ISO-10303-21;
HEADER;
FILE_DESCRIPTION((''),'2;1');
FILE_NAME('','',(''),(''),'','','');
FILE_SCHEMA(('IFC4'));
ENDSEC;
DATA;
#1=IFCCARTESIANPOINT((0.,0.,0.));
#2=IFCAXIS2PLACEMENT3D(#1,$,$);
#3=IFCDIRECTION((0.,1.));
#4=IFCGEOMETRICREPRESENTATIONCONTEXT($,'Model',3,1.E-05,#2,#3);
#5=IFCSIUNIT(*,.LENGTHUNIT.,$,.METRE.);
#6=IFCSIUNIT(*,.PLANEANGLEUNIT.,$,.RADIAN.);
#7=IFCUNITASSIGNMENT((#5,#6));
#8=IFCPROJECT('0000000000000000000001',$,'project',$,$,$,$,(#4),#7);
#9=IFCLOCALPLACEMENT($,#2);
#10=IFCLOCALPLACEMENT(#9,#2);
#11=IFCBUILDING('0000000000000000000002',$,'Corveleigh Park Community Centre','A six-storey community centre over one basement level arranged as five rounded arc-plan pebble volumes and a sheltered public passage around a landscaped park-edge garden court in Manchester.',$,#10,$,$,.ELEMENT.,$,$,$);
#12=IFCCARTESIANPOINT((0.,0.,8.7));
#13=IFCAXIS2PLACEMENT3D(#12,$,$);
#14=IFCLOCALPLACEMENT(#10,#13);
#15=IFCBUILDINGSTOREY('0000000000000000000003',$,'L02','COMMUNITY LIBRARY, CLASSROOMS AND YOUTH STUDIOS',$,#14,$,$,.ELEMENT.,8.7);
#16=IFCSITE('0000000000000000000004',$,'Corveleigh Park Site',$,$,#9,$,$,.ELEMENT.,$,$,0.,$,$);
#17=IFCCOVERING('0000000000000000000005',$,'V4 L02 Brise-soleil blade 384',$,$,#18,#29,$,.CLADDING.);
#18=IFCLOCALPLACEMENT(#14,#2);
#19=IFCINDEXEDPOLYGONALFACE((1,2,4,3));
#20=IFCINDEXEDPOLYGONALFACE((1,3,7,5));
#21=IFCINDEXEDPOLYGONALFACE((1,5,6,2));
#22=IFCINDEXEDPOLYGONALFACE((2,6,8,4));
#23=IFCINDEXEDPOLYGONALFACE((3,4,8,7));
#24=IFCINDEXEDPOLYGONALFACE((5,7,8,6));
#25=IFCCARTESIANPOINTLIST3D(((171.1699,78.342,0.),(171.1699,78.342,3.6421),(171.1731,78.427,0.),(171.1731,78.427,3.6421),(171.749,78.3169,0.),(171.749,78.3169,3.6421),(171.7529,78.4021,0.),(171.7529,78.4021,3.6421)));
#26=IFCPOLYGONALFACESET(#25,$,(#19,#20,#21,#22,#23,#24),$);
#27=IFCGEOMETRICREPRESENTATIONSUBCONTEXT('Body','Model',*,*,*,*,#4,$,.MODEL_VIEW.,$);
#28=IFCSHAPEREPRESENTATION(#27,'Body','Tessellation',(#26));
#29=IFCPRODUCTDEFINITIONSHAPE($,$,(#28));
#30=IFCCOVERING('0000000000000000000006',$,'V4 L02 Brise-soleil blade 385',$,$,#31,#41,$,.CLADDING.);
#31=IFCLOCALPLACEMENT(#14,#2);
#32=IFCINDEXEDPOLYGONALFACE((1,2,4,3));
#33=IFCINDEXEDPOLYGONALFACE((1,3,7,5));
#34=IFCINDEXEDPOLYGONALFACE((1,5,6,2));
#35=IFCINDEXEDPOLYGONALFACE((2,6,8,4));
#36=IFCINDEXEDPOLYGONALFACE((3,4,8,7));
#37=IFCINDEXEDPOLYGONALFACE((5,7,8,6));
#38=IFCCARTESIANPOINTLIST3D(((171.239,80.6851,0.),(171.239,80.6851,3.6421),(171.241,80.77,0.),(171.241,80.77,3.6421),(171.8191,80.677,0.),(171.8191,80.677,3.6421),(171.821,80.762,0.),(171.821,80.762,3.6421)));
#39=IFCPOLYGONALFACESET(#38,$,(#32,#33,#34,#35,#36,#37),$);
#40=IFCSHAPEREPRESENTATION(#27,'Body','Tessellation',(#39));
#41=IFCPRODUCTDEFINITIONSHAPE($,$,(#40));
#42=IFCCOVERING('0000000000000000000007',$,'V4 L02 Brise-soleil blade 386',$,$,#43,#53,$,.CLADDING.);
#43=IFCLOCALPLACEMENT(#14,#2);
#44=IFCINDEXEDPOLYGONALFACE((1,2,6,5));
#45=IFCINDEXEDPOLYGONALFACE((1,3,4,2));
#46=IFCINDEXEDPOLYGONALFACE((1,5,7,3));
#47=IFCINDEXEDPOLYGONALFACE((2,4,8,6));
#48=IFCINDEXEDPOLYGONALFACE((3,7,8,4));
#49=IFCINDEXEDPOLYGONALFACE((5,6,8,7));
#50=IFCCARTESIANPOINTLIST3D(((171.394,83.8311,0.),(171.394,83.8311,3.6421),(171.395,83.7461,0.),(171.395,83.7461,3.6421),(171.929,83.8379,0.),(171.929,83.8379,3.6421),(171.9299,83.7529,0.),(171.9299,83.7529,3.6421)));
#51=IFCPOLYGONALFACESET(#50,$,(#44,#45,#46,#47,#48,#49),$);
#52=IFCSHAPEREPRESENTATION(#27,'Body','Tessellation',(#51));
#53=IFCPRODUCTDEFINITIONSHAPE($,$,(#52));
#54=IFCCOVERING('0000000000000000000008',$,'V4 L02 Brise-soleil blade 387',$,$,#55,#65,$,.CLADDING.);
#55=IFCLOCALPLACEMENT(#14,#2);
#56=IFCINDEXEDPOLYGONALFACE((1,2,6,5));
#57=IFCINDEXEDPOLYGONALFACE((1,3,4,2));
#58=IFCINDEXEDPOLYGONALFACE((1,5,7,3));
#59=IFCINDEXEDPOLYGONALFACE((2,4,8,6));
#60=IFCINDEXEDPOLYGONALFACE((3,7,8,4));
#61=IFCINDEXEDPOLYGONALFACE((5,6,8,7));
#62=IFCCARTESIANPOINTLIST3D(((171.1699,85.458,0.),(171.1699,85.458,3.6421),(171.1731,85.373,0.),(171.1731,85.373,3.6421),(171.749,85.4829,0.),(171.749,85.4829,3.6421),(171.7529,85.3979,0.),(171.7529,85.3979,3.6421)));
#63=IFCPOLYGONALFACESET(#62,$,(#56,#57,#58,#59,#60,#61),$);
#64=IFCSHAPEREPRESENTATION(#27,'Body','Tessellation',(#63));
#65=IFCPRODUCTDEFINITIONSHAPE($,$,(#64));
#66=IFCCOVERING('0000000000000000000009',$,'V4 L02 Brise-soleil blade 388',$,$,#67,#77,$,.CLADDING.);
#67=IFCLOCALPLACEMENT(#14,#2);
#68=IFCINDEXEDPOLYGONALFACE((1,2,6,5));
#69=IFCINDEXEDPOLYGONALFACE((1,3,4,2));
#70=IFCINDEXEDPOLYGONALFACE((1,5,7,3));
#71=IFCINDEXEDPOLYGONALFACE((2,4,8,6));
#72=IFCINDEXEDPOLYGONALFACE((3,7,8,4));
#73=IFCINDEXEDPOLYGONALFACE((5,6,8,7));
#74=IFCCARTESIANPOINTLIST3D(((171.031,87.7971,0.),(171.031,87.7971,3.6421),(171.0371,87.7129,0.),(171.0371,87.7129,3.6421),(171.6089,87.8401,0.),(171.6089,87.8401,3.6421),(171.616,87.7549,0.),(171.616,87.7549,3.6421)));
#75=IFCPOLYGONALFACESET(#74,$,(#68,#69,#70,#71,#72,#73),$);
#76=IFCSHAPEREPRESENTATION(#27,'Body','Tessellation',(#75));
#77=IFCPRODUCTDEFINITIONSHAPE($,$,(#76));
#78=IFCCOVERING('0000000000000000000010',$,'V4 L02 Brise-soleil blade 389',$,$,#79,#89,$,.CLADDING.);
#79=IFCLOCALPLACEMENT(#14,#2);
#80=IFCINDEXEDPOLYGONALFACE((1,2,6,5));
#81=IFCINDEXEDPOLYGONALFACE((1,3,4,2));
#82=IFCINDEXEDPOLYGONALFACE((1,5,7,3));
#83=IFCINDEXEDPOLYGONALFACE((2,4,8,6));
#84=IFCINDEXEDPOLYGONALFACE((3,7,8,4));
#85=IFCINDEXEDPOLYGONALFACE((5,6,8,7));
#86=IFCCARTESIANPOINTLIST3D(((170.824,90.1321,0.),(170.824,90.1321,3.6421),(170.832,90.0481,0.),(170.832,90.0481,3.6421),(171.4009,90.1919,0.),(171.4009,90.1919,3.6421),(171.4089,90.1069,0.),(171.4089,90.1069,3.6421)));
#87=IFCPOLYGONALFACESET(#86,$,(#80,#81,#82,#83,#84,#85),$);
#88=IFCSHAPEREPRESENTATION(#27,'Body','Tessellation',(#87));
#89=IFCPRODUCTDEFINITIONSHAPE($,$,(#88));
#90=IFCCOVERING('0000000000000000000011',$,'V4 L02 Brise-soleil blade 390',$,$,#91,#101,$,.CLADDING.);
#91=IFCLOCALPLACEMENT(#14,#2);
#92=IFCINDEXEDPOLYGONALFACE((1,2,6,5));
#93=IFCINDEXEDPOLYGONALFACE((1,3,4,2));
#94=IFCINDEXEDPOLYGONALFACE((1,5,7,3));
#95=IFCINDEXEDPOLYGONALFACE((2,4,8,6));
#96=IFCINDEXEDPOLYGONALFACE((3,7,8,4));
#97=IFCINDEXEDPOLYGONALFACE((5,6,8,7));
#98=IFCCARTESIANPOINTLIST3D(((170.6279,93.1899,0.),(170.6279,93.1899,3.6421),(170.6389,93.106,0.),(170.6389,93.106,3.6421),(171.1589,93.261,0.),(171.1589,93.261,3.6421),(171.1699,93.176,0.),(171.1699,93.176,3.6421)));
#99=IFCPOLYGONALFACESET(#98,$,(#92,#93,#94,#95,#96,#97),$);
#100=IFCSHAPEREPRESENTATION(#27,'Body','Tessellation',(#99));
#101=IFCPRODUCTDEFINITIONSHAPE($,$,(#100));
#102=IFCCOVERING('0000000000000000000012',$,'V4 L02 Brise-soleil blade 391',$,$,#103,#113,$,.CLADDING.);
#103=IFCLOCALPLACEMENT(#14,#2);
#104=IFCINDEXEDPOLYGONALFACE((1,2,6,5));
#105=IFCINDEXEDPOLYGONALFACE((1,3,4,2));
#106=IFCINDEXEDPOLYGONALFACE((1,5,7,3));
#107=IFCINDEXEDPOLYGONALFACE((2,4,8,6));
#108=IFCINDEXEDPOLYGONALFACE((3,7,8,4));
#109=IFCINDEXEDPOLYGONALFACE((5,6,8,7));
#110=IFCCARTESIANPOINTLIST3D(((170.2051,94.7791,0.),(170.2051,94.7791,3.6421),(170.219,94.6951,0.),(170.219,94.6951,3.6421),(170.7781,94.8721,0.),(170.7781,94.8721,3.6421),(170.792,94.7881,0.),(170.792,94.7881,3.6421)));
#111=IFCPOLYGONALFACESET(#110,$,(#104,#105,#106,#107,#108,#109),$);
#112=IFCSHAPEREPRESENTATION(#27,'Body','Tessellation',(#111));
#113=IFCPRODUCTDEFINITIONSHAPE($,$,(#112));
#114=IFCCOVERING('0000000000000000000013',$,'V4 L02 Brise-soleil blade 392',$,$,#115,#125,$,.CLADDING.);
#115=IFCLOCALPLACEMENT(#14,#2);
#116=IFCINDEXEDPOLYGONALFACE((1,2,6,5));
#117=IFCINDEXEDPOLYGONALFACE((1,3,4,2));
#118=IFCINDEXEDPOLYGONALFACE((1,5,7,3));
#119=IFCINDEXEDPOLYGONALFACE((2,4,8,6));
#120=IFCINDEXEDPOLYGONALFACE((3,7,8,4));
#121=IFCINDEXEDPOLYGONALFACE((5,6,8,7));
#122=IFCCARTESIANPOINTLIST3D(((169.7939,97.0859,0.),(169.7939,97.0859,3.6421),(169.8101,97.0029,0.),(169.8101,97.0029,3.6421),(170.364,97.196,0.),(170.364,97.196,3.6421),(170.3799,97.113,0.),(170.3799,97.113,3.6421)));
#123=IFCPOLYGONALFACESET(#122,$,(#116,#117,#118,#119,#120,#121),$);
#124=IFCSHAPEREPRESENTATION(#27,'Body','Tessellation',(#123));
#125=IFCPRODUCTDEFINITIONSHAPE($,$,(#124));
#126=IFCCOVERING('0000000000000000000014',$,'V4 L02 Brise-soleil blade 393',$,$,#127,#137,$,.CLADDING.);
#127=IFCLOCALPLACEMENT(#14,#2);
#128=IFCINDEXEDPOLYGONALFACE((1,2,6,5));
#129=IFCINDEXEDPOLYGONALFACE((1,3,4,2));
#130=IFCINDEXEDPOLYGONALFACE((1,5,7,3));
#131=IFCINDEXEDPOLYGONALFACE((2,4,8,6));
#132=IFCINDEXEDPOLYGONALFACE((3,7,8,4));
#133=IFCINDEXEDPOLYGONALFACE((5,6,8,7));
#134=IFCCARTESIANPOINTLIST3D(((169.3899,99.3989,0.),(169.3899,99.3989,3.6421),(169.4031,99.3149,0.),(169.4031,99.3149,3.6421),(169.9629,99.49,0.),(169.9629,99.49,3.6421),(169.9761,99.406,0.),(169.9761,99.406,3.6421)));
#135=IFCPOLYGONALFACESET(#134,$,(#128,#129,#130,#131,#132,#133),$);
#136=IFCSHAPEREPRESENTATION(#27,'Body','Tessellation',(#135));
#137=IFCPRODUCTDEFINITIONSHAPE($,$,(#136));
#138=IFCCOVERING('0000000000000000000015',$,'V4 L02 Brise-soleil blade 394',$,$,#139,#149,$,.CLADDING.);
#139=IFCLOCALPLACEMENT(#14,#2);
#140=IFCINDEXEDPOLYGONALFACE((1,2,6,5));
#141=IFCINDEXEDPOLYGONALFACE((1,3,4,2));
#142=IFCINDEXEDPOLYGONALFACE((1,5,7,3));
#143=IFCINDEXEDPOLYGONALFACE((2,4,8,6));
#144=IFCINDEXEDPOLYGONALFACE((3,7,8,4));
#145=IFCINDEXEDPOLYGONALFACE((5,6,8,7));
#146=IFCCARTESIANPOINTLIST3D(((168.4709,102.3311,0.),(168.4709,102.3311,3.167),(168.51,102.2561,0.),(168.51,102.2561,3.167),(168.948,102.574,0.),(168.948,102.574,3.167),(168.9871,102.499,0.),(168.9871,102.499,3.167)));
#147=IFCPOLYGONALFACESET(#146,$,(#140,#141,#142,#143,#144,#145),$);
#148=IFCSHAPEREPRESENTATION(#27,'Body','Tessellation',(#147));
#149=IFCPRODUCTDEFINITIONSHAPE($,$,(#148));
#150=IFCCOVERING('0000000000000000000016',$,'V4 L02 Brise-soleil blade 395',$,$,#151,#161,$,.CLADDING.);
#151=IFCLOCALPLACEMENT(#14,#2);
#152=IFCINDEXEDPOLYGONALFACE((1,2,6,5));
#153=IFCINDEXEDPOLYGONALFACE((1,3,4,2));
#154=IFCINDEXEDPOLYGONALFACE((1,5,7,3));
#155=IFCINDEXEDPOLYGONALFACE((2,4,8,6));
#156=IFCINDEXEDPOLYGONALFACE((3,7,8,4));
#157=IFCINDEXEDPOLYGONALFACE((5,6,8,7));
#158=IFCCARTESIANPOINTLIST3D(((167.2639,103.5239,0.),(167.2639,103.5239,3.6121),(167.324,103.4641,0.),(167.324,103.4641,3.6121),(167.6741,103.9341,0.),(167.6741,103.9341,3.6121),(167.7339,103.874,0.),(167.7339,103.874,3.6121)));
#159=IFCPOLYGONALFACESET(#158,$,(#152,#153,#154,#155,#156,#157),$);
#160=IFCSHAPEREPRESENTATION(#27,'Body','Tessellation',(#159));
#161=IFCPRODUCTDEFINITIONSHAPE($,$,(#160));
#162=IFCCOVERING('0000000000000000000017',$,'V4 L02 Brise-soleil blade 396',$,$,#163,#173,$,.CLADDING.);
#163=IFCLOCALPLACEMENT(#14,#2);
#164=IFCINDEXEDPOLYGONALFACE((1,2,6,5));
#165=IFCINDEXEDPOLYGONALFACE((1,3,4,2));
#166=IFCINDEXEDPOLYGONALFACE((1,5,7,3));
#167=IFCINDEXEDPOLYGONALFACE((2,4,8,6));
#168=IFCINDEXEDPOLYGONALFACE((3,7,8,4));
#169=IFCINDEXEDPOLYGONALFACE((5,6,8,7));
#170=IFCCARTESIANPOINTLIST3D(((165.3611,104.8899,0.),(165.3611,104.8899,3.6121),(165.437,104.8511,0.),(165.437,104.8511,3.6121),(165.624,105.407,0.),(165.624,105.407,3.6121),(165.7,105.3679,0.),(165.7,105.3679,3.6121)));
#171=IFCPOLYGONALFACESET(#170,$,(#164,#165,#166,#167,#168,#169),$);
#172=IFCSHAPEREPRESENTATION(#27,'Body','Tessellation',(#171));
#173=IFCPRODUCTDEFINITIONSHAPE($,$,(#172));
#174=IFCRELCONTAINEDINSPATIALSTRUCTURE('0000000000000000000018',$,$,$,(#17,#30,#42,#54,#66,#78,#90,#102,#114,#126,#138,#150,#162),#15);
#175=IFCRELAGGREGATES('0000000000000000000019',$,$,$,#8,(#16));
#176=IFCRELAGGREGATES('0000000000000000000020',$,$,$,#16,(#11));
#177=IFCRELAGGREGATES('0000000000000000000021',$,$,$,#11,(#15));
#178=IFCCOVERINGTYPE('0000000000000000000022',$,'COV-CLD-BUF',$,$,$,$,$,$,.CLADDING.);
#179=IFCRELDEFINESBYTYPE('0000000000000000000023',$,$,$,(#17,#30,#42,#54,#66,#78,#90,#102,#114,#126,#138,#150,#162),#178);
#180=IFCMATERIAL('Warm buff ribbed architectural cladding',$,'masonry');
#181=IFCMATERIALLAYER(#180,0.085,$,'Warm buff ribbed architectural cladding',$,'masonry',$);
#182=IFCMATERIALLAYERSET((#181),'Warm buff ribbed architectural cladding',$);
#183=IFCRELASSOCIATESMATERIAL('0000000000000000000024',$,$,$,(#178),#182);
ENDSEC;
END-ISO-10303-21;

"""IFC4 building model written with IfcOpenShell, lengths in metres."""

from ifc_helpers import new_model, si_unit, direction, frame, origin, place, context, subcontext, project, spatial, polyline, outline, extrude, material, layer, layer_set, type_object, element, save


model = new_model("IFC4")

# Units and contexts
model_context = context("Model", 3, precision=1e-05, world=origin(), true_north=direction((0.0, 1.0)))
body_context = subcontext(model_context, "Body", "Model", "MODEL_VIEW")
ifc_project = project(units=[si_unit("LENGTHUNIT", "METRE"), si_unit("PLANEANGLEUNIT", "RADIAN")], contexts=[model_context])

# Site, building, storey
site_placement = place(None, origin())
site = spatial("IfcSite", under=ifc_project, at=site_placement, Name="Corveleigh Park Site", CompositionType="ELEMENT", RefElevation=0.0)
building_placement = place(site_placement, origin())
building = spatial("IfcBuilding", under=site, at=building_placement, Name="Corveleigh Park Community Centre", Description="A six-storey community centre over one basement level arranged as five rounded arc-plan pebble volumes and a sheltered public passage around a landscaped park-edge garden court in Manchester.", CompositionType="ELEMENT")
storey_placement = place(building_placement, frame((0.0, 0.0, 8.7)))
storey = spatial("IfcBuildingStorey", under=building, at=storey_placement, Name="L02", Description="COMMUNITY LIBRARY, CLASSROOMS AND YOUTH STUDIOS", CompositionType="ELEMENT", Elevation=8.7)

# Coverings
ifc_material = material(Name="Warm buff ribbed architectural cladding", Category="masonry")
ifc_layer = layer(ifc_material, 0.085, Name="Warm buff ribbed architectural cladding", Category="masonry")
ifc_layer_set = layer_set([ifc_layer], Name="Warm buff ribbed architectural cladding")
covering_type = type_object("IfcCoveringType", Name="COV-CLD-BUF", PredefinedType="CLADDING", material=ifc_layer_set)
covering_1_placement = place(storey_placement, origin())
element("IfcCovering", 1, at=covering_1_placement, inside=storey, type_object=covering_type, Name="V4 L02 Brise-soleil blade 384", PredefinedType="CLADDING", context=body_context, shape_type="SweptSolid", body=[
    extrude(outline(polyline([(171.1731, 78.427), (171.1699, 78.342), (171.749, 78.3169), (171.7529, 78.4021), (171.1731, 78.427)])), origin(), (0.0, 0.0, 1.0), 3.6421),
])
covering_2_placement = place(storey_placement, origin())
element("IfcCovering", 2, at=covering_2_placement, inside=storey, type_object=covering_type, Name="V4 L02 Brise-soleil blade 385", PredefinedType="CLADDING", context=body_context, shape_type="SweptSolid", body=[
    extrude(outline(polyline([(171.241, 80.77), (171.239, 80.6851), (171.8191, 80.677), (171.821, 80.762), (171.241, 80.77)])), origin(), (0.0, 0.0, 1.0), 3.6421),
])
covering_3_placement = place(storey_placement, origin())
element("IfcCovering", 3, at=covering_3_placement, inside=storey, type_object=covering_type, Name="V4 L02 Brise-soleil blade 386", PredefinedType="CLADDING", context=body_context, shape_type="SweptSolid", body=[
    extrude(outline(polyline([(171.394, 83.8311), (171.395, 83.7461), (171.9299, 83.7529), (171.929, 83.8379), (171.394, 83.8311)])), origin(), (0.0, 0.0, 1.0), 3.6421),
])
covering_4_placement = place(storey_placement, origin())
element("IfcCovering", 4, at=covering_4_placement, inside=storey, type_object=covering_type, Name="V4 L02 Brise-soleil blade 387", PredefinedType="CLADDING", context=body_context, shape_type="SweptSolid", body=[
    extrude(outline(polyline([(171.1699, 85.458), (171.1731, 85.373), (171.7529, 85.3979), (171.749, 85.4829), (171.1699, 85.458)])), origin(), (0.0, 0.0, 1.0), 3.6421),
])
covering_5_placement = place(storey_placement, origin())
element("IfcCovering", 5, at=covering_5_placement, inside=storey, type_object=covering_type, Name="V4 L02 Brise-soleil blade 388", PredefinedType="CLADDING", context=body_context, shape_type="SweptSolid", body=[
    extrude(outline(polyline([(171.031, 87.7971), (171.0371, 87.7129), (171.616, 87.7549), (171.6089, 87.8401), (171.031, 87.7971)])), origin(), (0.0, 0.0, 1.0), 3.6421),
])
covering_6_placement = place(storey_placement, origin())
element("IfcCovering", 6, at=covering_6_placement, inside=storey, type_object=covering_type, Name="V4 L02 Brise-soleil blade 389", PredefinedType="CLADDING", context=body_context, shape_type="SweptSolid", body=[
    extrude(outline(polyline([(170.824, 90.1321), (170.832, 90.0481), (171.4089, 90.1069), (171.4009, 90.1919), (170.824, 90.1321)])), origin(), (0.0, 0.0, 1.0), 3.6421),
])
covering_7_placement = place(storey_placement, origin())
element("IfcCovering", 7, at=covering_7_placement, inside=storey, type_object=covering_type, Name="V4 L02 Brise-soleil blade 390", PredefinedType="CLADDING", context=body_context, shape_type="SweptSolid", body=[
    extrude(outline(polyline([(170.6279, 93.1899), (170.6389, 93.106), (171.1699, 93.176), (171.1589, 93.261), (170.6279, 93.1899)])), origin(), (0.0, 0.0, 1.0), 3.6421),
])
covering_8_placement = place(storey_placement, origin())
element("IfcCovering", 8, at=covering_8_placement, inside=storey, type_object=covering_type, Name="V4 L02 Brise-soleil blade 391", PredefinedType="CLADDING", context=body_context, shape_type="SweptSolid", body=[
    extrude(outline(polyline([(170.2051, 94.7791), (170.219, 94.6951), (170.792, 94.7881), (170.7781, 94.8721), (170.2051, 94.7791)])), origin(), (0.0, 0.0, 1.0), 3.6421),
])
covering_9_placement = place(storey_placement, origin())
element("IfcCovering", 9, at=covering_9_placement, inside=storey, type_object=covering_type, Name="V4 L02 Brise-soleil blade 392", PredefinedType="CLADDING", context=body_context, shape_type="SweptSolid", body=[
    extrude(outline(polyline([(169.7939, 97.0859), (169.8101, 97.0029), (170.3799, 97.113), (170.364, 97.196), (169.7939, 97.0859)])), origin(), (0.0, 0.0, 1.0), 3.6421),
])
covering_10_placement = place(storey_placement, origin())
element("IfcCovering", 10, at=covering_10_placement, inside=storey, type_object=covering_type, Name="V4 L02 Brise-soleil blade 393", PredefinedType="CLADDING", context=body_context, shape_type="SweptSolid", body=[
    extrude(outline(polyline([(169.3899, 99.3989), (169.4031, 99.3149), (169.9761, 99.406), (169.9629, 99.49), (169.3899, 99.3989)])), origin(), (0.0, 0.0, 1.0), 3.6421),
])
covering_11_placement = place(storey_placement, origin())
element("IfcCovering", 11, at=covering_11_placement, inside=storey, type_object=covering_type, Name="V4 L02 Brise-soleil blade 394", PredefinedType="CLADDING", context=body_context, shape_type="SweptSolid", body=[
    extrude(outline(polyline([(168.4709, 102.3311), (168.51, 102.2561), (168.9871, 102.499), (168.948, 102.574), (168.4709, 102.3311)])), origin(), (0.0, 0.0, 1.0), 3.167),
])
covering_12_placement = place(storey_placement, origin())
element("IfcCovering", 12, at=covering_12_placement, inside=storey, type_object=covering_type, Name="V4 L02 Brise-soleil blade 395", PredefinedType="CLADDING", context=body_context, shape_type="SweptSolid", body=[
    extrude(outline(polyline([(167.2639, 103.5239), (167.324, 103.4641), (167.7339, 103.874), (167.6741, 103.9341), (167.2639, 103.5239)])), origin(), (0.0, 0.0, 1.0), 3.6121),
])
covering_13_placement = place(storey_placement, origin())
element("IfcCovering", 13, at=covering_13_placement, inside=storey, type_object=covering_type, Name="V4 L02 Brise-soleil blade 396", PredefinedType="CLADDING", context=body_context, shape_type="SweptSolid", body=[
    extrude(outline(polyline([(165.3611, 104.8899), (165.437, 104.8511), (165.7, 105.3679), (165.624, 105.407), (165.3611, 104.8899)])), origin(), (0.0, 0.0, 1.0), 3.6121),
])

save(model, "model.ifc")
